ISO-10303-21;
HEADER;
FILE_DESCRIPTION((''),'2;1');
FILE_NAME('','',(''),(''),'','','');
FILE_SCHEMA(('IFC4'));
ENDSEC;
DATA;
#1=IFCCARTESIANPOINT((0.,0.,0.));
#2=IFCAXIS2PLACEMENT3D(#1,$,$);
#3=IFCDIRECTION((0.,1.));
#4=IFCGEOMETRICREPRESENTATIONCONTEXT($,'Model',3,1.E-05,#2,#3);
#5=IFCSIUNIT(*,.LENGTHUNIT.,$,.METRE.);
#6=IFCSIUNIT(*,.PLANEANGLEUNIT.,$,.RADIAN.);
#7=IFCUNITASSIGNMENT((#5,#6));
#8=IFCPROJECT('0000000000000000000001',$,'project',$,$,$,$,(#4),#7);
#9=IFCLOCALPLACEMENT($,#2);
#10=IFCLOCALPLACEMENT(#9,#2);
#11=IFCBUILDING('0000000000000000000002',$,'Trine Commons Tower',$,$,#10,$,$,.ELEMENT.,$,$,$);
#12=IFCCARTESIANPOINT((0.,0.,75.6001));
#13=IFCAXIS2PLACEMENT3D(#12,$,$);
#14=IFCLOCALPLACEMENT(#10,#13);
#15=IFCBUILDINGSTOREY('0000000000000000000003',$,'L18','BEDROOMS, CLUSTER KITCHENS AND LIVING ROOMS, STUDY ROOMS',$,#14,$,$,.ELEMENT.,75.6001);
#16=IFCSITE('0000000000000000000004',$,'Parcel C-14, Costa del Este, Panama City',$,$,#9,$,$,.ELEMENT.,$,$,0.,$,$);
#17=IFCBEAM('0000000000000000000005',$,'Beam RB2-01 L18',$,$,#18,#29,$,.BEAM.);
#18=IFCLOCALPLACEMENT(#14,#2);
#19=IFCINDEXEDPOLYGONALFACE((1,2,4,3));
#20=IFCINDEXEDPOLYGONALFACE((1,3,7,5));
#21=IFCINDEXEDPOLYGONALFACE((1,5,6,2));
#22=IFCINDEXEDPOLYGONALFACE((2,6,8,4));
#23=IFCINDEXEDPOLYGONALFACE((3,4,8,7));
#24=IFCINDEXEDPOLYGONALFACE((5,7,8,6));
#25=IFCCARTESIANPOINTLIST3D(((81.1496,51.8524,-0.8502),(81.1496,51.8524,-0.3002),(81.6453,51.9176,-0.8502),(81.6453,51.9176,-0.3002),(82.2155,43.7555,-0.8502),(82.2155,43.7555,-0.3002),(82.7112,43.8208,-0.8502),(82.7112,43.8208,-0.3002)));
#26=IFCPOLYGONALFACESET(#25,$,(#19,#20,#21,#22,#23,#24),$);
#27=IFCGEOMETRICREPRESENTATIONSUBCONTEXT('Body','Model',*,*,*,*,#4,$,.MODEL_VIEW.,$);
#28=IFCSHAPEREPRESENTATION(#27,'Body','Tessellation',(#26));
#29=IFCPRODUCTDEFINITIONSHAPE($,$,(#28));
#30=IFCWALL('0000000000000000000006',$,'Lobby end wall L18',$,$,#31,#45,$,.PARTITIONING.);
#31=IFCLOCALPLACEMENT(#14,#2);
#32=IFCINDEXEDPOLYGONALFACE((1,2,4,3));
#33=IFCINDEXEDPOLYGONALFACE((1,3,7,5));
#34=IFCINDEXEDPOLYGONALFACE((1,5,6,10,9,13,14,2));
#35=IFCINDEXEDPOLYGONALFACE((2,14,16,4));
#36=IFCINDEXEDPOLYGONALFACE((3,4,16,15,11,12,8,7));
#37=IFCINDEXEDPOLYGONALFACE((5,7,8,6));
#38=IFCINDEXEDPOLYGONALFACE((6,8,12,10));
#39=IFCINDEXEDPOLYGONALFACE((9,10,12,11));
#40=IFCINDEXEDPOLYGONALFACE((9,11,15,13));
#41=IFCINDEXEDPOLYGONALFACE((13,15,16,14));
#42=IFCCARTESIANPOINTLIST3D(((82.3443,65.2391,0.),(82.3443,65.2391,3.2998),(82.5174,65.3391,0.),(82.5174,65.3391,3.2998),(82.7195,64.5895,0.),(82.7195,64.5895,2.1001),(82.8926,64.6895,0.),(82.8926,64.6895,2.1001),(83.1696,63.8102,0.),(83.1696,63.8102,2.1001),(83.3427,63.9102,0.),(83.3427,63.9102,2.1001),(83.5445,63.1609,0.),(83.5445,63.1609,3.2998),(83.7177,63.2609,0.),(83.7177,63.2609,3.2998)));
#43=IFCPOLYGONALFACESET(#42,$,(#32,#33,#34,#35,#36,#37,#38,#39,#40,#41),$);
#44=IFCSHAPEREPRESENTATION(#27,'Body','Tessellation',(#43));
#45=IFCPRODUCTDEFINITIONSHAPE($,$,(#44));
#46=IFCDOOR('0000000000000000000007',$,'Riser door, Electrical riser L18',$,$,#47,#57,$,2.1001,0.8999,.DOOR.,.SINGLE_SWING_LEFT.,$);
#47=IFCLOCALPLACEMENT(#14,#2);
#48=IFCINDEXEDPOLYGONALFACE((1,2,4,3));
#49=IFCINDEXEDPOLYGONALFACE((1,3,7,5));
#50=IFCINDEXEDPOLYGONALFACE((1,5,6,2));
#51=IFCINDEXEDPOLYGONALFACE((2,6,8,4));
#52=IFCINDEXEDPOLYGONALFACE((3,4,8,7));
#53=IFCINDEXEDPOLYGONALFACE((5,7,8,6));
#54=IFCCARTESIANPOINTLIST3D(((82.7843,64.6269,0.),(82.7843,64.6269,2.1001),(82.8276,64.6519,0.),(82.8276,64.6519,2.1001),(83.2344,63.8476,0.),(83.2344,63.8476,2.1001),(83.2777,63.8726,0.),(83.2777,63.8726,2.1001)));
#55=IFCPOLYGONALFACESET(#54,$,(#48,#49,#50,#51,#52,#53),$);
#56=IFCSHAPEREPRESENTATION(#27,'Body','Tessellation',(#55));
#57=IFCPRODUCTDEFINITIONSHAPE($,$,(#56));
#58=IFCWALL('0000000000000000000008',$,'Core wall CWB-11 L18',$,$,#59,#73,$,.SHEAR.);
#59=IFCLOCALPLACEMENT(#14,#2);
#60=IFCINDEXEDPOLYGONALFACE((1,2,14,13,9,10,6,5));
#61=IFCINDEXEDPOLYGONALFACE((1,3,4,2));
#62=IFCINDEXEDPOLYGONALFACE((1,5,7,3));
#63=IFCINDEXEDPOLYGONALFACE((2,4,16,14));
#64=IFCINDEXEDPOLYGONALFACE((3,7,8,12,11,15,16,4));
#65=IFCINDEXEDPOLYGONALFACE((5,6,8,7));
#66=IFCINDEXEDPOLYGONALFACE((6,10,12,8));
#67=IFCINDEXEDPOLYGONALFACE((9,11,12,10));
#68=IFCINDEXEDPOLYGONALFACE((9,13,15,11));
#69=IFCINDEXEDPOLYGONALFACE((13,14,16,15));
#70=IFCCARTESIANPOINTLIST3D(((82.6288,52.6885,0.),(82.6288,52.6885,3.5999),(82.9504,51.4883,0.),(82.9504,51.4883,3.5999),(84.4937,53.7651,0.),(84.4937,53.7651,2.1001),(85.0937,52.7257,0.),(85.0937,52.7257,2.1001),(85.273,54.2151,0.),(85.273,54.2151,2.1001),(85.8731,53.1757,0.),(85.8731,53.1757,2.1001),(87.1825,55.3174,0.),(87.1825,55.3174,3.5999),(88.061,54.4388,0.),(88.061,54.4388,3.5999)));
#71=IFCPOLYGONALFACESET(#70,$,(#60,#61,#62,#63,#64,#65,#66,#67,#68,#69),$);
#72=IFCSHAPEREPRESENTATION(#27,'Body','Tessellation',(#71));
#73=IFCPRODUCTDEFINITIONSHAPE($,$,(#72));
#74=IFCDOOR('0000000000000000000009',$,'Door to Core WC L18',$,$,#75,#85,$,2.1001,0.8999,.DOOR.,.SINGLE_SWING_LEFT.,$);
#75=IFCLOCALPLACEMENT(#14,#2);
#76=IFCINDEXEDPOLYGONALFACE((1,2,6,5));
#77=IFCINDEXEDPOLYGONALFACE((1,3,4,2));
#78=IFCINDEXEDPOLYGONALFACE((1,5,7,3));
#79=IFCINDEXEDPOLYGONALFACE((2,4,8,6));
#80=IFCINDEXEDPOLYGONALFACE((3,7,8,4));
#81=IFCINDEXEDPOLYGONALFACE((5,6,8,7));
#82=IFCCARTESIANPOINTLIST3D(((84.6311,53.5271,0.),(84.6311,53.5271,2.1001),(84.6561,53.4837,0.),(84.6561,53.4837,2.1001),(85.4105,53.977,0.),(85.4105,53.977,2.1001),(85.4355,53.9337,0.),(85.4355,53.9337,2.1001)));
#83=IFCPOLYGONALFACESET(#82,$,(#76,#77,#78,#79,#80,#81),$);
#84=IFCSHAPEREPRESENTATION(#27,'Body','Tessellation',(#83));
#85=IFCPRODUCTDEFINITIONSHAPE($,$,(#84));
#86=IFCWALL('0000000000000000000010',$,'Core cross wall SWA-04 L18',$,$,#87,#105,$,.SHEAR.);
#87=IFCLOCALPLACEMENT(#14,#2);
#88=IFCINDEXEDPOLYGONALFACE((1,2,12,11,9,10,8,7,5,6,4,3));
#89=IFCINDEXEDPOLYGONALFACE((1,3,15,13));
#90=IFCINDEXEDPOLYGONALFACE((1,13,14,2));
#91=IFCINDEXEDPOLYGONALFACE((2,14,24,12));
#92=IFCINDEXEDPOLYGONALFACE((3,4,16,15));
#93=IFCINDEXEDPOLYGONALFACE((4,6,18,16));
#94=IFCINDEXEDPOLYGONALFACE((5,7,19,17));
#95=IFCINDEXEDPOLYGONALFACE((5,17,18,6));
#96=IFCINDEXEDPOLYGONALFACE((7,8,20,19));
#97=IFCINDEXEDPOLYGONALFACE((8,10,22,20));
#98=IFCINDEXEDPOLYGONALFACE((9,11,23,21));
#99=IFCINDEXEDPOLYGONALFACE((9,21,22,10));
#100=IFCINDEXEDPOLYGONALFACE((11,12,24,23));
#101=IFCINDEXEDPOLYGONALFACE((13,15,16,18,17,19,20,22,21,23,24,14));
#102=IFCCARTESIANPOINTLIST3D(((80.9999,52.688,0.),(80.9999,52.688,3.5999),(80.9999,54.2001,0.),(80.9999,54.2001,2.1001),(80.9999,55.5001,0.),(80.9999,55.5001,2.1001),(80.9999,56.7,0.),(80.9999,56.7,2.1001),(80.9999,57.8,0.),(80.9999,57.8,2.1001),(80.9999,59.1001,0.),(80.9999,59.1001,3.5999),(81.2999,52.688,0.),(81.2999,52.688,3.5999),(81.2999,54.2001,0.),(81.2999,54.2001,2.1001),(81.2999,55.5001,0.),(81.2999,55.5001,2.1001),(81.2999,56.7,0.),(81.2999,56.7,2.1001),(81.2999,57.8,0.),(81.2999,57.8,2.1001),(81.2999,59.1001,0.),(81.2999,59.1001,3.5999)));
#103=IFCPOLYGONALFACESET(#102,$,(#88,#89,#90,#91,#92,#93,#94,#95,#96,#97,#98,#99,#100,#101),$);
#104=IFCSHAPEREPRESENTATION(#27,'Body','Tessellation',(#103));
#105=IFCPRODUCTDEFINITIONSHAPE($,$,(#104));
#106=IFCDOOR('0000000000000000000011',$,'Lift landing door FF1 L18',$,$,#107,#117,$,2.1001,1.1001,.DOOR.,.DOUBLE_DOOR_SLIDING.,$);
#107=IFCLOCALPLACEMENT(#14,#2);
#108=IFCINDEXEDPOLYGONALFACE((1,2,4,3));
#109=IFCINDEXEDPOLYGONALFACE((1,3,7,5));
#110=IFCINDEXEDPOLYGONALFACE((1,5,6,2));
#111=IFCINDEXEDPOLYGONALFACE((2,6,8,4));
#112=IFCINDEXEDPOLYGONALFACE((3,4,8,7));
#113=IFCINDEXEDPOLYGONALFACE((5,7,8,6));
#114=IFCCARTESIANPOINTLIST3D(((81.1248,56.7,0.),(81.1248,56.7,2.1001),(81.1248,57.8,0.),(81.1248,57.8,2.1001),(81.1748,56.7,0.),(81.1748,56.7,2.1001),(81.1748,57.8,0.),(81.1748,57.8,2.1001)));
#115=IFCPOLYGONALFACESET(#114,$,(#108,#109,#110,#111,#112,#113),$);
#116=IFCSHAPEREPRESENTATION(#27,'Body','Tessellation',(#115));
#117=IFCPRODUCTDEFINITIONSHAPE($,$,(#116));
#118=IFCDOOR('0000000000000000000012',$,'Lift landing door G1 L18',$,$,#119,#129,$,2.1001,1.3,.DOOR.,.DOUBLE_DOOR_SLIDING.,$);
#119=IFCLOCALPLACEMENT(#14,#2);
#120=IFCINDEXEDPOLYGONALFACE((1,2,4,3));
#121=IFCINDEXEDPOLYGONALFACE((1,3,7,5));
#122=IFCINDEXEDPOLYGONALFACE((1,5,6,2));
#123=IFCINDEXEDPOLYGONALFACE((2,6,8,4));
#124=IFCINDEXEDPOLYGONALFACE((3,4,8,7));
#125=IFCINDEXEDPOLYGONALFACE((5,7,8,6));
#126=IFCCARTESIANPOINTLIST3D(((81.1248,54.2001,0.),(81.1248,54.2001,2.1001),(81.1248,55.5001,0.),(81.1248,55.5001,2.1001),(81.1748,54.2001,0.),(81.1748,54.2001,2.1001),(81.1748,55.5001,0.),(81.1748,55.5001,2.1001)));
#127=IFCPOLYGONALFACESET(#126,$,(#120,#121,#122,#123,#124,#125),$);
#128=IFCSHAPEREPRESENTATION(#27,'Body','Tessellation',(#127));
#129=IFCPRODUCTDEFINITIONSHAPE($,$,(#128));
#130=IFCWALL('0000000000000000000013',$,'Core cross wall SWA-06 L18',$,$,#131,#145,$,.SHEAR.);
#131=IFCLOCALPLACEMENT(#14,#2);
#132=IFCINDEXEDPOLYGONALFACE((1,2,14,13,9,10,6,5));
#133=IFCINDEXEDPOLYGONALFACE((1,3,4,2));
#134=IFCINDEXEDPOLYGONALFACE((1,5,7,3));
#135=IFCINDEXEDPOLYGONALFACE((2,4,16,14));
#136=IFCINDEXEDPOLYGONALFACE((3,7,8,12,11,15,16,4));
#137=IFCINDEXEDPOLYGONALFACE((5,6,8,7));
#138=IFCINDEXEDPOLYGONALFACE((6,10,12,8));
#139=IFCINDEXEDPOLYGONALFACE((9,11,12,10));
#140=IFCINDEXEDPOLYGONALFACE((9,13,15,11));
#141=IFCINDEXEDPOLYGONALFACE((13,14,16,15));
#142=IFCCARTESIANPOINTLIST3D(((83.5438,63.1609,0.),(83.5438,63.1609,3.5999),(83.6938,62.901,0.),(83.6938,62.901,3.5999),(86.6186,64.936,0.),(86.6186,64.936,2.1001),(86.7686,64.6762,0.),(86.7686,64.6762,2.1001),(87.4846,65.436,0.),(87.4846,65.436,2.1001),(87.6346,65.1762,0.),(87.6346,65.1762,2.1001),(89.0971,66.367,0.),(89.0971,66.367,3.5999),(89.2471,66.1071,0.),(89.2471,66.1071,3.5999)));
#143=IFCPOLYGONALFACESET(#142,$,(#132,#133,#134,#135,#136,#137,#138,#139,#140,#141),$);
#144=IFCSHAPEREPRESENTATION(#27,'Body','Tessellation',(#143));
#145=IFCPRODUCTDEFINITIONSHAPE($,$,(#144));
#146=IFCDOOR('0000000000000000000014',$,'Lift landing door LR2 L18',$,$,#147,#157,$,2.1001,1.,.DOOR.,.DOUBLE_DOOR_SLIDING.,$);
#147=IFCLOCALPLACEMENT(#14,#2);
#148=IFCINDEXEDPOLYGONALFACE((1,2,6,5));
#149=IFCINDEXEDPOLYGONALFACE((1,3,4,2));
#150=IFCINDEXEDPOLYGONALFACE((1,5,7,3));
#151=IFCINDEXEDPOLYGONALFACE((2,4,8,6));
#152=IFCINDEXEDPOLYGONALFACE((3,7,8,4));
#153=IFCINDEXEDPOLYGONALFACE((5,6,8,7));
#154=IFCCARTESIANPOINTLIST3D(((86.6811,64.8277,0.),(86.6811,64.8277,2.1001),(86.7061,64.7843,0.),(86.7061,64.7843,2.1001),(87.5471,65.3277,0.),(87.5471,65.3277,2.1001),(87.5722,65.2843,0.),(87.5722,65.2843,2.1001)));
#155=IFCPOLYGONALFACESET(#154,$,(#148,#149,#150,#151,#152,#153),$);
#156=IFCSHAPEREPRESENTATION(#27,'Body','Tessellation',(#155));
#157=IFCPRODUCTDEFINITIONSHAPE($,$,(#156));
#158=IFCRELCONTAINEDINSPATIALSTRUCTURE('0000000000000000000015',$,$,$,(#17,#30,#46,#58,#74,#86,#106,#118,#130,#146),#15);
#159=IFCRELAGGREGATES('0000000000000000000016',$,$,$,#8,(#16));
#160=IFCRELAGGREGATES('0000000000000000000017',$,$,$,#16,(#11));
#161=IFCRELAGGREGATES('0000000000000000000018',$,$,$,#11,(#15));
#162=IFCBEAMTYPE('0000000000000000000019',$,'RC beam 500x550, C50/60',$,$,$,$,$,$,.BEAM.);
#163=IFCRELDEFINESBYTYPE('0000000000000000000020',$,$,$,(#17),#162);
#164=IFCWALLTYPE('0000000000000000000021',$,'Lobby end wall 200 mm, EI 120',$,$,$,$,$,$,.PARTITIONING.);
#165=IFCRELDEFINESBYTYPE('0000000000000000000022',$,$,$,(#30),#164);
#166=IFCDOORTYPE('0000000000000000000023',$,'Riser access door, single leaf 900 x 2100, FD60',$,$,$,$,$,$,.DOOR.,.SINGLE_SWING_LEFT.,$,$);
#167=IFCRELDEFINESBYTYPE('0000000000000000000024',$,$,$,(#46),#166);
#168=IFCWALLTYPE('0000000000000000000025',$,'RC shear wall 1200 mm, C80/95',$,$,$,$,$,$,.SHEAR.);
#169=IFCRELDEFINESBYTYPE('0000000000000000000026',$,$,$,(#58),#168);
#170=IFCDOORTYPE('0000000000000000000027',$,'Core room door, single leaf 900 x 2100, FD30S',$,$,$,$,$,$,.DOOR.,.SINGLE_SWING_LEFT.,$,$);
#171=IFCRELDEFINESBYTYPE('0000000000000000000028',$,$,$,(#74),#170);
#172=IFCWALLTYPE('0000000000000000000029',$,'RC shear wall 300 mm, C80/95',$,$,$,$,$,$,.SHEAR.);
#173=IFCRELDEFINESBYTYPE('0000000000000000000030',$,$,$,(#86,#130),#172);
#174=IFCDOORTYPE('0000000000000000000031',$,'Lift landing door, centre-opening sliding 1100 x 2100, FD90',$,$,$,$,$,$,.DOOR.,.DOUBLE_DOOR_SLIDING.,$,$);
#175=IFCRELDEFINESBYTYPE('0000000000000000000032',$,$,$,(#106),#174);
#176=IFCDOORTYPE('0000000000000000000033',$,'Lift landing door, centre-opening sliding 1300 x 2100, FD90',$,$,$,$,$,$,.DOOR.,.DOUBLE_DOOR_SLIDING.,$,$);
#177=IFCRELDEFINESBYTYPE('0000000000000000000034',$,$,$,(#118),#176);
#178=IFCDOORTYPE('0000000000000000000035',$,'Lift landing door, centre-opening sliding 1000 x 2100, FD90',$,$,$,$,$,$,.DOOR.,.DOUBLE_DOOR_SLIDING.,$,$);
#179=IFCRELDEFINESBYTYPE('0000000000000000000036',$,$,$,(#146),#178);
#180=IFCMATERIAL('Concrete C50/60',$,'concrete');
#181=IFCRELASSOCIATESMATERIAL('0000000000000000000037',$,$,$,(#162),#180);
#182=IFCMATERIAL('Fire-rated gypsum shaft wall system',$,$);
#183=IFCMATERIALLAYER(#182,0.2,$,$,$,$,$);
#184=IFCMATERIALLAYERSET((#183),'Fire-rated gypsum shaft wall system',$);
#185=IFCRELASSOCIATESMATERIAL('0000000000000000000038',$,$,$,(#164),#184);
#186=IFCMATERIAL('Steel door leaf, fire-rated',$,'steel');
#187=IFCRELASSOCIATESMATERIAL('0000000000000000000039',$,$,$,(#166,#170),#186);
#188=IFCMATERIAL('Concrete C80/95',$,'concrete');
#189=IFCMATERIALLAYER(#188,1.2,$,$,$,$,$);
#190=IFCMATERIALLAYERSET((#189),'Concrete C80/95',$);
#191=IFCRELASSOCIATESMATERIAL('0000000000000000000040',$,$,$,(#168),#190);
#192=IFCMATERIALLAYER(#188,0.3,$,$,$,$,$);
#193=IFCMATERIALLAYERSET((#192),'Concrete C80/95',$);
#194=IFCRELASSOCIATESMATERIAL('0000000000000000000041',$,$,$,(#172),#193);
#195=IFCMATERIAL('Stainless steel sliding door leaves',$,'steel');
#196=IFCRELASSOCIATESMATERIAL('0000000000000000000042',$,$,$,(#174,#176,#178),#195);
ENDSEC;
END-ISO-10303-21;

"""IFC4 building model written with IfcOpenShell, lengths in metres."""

from ifc_helpers import new_model, si_unit, direction, frame, frame_2d, origin, origin_2d, place, context, subcontext, project, spatial, polyline, rectangle, outline, extrude, material, layer, layer_set, material_profile, profile_set, type_object, element, fill, save


model = new_model("IFC4")

# Units and contexts
model_context = context("Model", 3, precision=1e-05, world=origin(), true_north=direction((0.0, 1.0)))
body_context = subcontext(model_context, "Body", "Model", "MODEL_VIEW")
ifc_project = project(units=[si_unit("LENGTHUNIT", "METRE"), si_unit("PLANEANGLEUNIT", "RADIAN")], contexts=[model_context])

# Site, building, storey
site_placement = place(None, origin())
site = spatial("IfcSite", under=ifc_project, at=site_placement, Name="Parcel C-14, Costa del Este, Panama City", CompositionType="ELEMENT", RefElevation=0.0)
building_placement = place(site_placement, origin())
building = spatial("IfcBuilding", under=site, at=building_placement, Name="Trine Commons Tower", CompositionType="ELEMENT")
storey_placement = place(building_placement, frame((0.0, 0.0, 75.6001)))
storey = spatial("IfcBuildingStorey", under=building, at=storey_placement, Name="L18", Description="BEDROOMS, CLUSTER KITCHENS AND LIVING ROOMS, STUDY ROOMS", CompositionType="ELEMENT", Elevation=75.6001)

# Beam
ifc_material_1 = material(Name="Concrete C50/60", Category="concrete")
ifc_material_profile = material_profile(ifc_material_1, rectangle(XDim=0.5, YDim=0.55, at=origin_2d()), Name="RC 500x550")
ifc_profile_set = profile_set([ifc_material_profile], Name="Concrete C50/60")
beam_type = type_object("IfcBeamType", Name="RC beam 500x550, C50/60", PredefinedType="BEAM", material=ifc_profile_set)
beam_placement = place(storey_placement, frame((81.3975, 51.885, -0.5752), z_axis=(0.130519, -0.991446, 0.0), x_axis=(0.991446, 0.130519, 0.0)))
element("IfcBeam", 1, at=beam_placement, inside=storey, type_object=beam_type, Name="Beam RB2-01 L18", PredefinedType="BEAM", context=body_context, shape_type="SweptSolid", body=[
    extrude(rectangle(XDim=0.5, YDim=0.55, at=origin_2d()), origin(), (0.0, 0.0, 1.0), 8.1667),
])

# Walls, openings, doors
ifc_material_2 = material(Name="Fire-rated gypsum shaft wall system")
ifc_layer_1 = layer(ifc_material_2, 0.2)
ifc_layer_set_1 = layer_set([ifc_layer_1], Name="Fire-rated gypsum shaft wall system")
wall_type_1 = type_object("IfcWallType", Name="Lobby end wall 200 mm, EI 120", PredefinedType="PARTITIONING", material=ifc_layer_set_1)
wall_1_placement = place(storey_placement, frame((83.6311, 63.2109, 0.0), z_axis=(0.0, 0.0, 1.0), x_axis=(-0.500122, 0.865955, 0.0)))
wall_1 = element("IfcWall", 2, at=wall_1_placement, inside=storey, type_object=wall_type_1, Name="Lobby end wall L18", PredefinedType="PARTITIONING", context=body_context, shape_type="SweptSolid", body=[
    extrude(rectangle(XDim=2.3999, YDim=0.2, at=frame_2d((1.2, 0.0))), origin(), (0.0, 0.0, 1.0), 3.2998),
])
opening_1_placement = place(wall_1_placement, frame((0.7498, 0.0, 0.0)))
opening_1 = element("IfcOpeningElement", 3, at=opening_1_placement, cuts=wall_1, PredefinedType="OPENING", context=body_context, shape_type="SweptSolid", body=[
    extrude(rectangle(XDim=0.8999, YDim=2.1001, at=frame_2d((0.45, 1.05))), frame((0.0, 0.1099, 0.0), z_axis=(0.0, -1.0, 0.0), x_axis=(1.0, 0.0, 0.0)), (0.0, 0.0, 1.0), 0.22),
])
ifc_material_3 = material(Name="Steel door leaf, fire-rated", Category="steel")
door_type_1 = type_object("IfcDoorType", Name="Riser access door, single leaf 900 x 2100, FD60", OperationType="SINGLE_SWING_LEFT", PredefinedType="DOOR", material=ifc_material_3)
door_1_placement = place(opening_1_placement, frame((0.8999, 0.0, 0.0), z_axis=(0.0, 0.0, 1.0), x_axis=(-1.0, 0.0, 0.0)))
door_1 = element("IfcDoor", 4, at=door_1_placement, inside=storey, type_object=door_type_1, Name="Riser door, Electrical riser L18", OperationType="SINGLE_SWING_LEFT", OverallHeight=2.1001, OverallWidth=0.8999, PredefinedType="DOOR", context=body_context, shape_type="SweptSolid", body=[
    extrude(rectangle(XDim=0.8999, YDim=2.1001, at=frame_2d((0.45, 1.05))), frame((0.0, 0.0249, 0.0), z_axis=(0.0, -1.0, 0.0), x_axis=(1.0, 0.0, 0.0)), (0.0, 0.0, 1.0), 0.05),
])
fill(opening_1, door_1)
ifc_material_4 = material(Name="Concrete C80/95", Category="concrete")
ifc_layer_2 = layer(ifc_material_4, 1.2)
ifc_layer_set_2 = layer_set([ifc_layer_2], Name="Concrete C80/95")
wall_type_2 = type_object("IfcWallType", Name="RC shear wall 1200 mm, C80/95", PredefinedType="SHEAR", material=ifc_layer_set_2)
wall_2_placement = place(storey_placement, frame((82.6504, 52.0081, 0.0), z_axis=(0.0, 0.0, 1.0), x_axis=(0.866037, 0.499979, 0.0)))
wall_2 = element("IfcWall", 5, at=wall_2_placement, inside=storey, type_object=wall_type_2, Name="Core wall CWB-11 L18", PredefinedType="SHEAR", context=body_context, shape_type="SweptSolid", body=[
    extrude(outline(polyline([(0.0, -0.6001), (5.9011, -0.6001), (5.5796, 0.6001), (0.3215, 0.6001), (0.0, -0.6001)])), origin(), (0.0, 0.0, 1.0), 3.5999),
])
opening_2_placement = place(wall_2_placement, frame((2.4749, 0.0, 0.0)))
opening_2 = element("IfcOpeningElement", 6, at=opening_2_placement, cuts=wall_2, PredefinedType="OPENING", context=body_context, shape_type="SweptSolid", body=[
    extrude(rectangle(XDim=0.8999, YDim=2.1001, at=frame_2d((0.45, 1.05))), frame((0.0, 0.6099, 0.0), z_axis=(0.0, -1.0, 0.0), x_axis=(1.0, 0.0, 0.0)), (0.0, 0.0, 1.0), 1.22),
])
door_type_2 = type_object("IfcDoorType", Name="Core room door, single leaf 900 x 2100, FD30S", OperationType="SINGLE_SWING_LEFT", PredefinedType="DOOR", material=ifc_material_3)
door_2_placement = place(opening_2_placement, origin())
door_2 = element("IfcDoor", 7, at=door_2_placement, inside=storey, type_object=door_type_2, Name="Door to Core WC L18", OperationType="SINGLE_SWING_LEFT", OverallHeight=2.1001, OverallWidth=0.8999, PredefinedType="DOOR", context=body_context, shape_type="SweptSolid", body=[
    extrude(rectangle(XDim=0.8999, YDim=2.1001, at=frame_2d((0.45, 1.05))), frame((0.0, 0.3252, 0.0), z_axis=(0.0, -1.0, 0.0), x_axis=(1.0, 0.0, 0.0)), (0.0, 0.0, 1.0), 0.05),
])
fill(opening_2, door_2)

# Wall, openings, doors
ifc_layer_3 = layer(ifc_material_4, 0.3)
ifc_layer_set_3 = layer_set([ifc_layer_3], Name="Concrete C80/95")
wall_type_3 = type_object("IfcWallType", Name="RC shear wall 300 mm, C80/95", PredefinedType="SHEAR", material=ifc_layer_set_3)
wall_3_placement = place(storey_placement, frame((81.1499, 59.1001, 0.0), z_axis=(0.0, 0.0, 1.0), x_axis=(0.0, -1.0, 0.0)))
wall_3 = element("IfcWall", 8, at=wall_3_placement, inside=storey, type_object=wall_type_3, Name="Core cross wall SWA-04 L18", PredefinedType="SHEAR", context=body_context, shape_type="SweptSolid", body=[
    extrude(rectangle(XDim=6.4121, YDim=0.3, at=frame_2d((3.2061, 0.0))), origin(), (0.0, 0.0, 1.0), 3.5999),
])
opening_3_placement = place(wall_3_placement, frame((3.6001, 0.0, 0.0)))
opening_3 = element("IfcOpeningElement", 9, at=opening_3_placement, cuts=wall_3, PredefinedType="OPENING", context=body_context, shape_type="SweptSolid", body=[
    extrude(rectangle(XDim=1.3, YDim=2.1001, at=frame_2d((0.6499, 1.05))), frame((0.0, 0.1599, 0.0), z_axis=(0.0, -1.0, 0.0), x_axis=(1.0, 0.0, 0.0)), (0.0, 0.0, 1.0), 0.3201),
])
opening_4_placement = place(wall_3_placement, frame((1.3, 0.0, 0.0)))
opening_4 = element("IfcOpeningElement", 10, at=opening_4_placement, cuts=wall_3, PredefinedType="OPENING", context=body_context, shape_type="SweptSolid", body=[
    extrude(rectangle(XDim=1.1001, YDim=2.1001, at=frame_2d((0.55, 1.05))), frame((0.0, 0.1599, 0.0), z_axis=(0.0, -1.0, 0.0), x_axis=(1.0, 0.0, 0.0)), (0.0, 0.0, 1.0), 0.3201),
])
ifc_material_5 = material(Name="Stainless steel sliding door leaves", Category="steel")
door_type_3 = type_object("IfcDoorType", Name="Lift landing door, centre-opening sliding 1100 x 2100, FD90", OperationType="DOUBLE_DOOR_SLIDING", PredefinedType="DOOR", material=ifc_material_5)
door_3_placement = place(opening_4_placement, origin())
door_3 = element("IfcDoor", 11, at=door_3_placement, inside=storey, type_object=door_type_3, Name="Lift landing door FF1 L18", OperationType="DOUBLE_DOOR_SLIDING", OverallHeight=2.1001, OverallWidth=1.1001, PredefinedType="DOOR", context=body_context, shape_type="SweptSolid", body=[
    extrude(rectangle(XDim=1.1001, YDim=2.1001, at=frame_2d((0.55, 1.05))), frame((0.0, 0.0249, 0.0), z_axis=(0.0, -1.0, 0.0), x_axis=(1.0, 0.0, 0.0)), (0.0, 0.0, 1.0), 0.05),
])
fill(opening_4, door_3)
door_type_4 = type_object("IfcDoorType", Name="Lift landing door, centre-opening sliding 1300 x 2100, FD90", OperationType="DOUBLE_DOOR_SLIDING", PredefinedType="DOOR", material=ifc_material_5)
door_4_placement = place(opening_3_placement, origin())
door_4 = element("IfcDoor", 12, at=door_4_placement, inside=storey, type_object=door_type_4, Name="Lift landing door G1 L18", OperationType="DOUBLE_DOOR_SLIDING", OverallHeight=2.1001, OverallWidth=1.3, PredefinedType="DOOR", context=body_context, shape_type="SweptSolid", body=[
    extrude(rectangle(XDim=1.3, YDim=2.1001, at=frame_2d((0.6499, 1.05))), frame((0.0, 0.0249, 0.0), z_axis=(0.0, -1.0, 0.0), x_axis=(1.0, 0.0, 0.0)), (0.0, 0.0, 1.0), 0.05),
])
fill(opening_3, door_4)

# Wall, opening, door
wall_4_placement = place(storey_placement, frame((83.6189, 63.031, 0.0), z_axis=(0.0, 0.0, 1.0), x_axis=(0.866032, 0.499988, 0.0)))
wall_4 = element("IfcWall", 13, at=wall_4_placement, inside=storey, type_object=wall_type_3, Name="Core cross wall SWA-06 L18", PredefinedType="SHEAR", context=body_context, shape_type="SweptSolid", body=[
    extrude(rectangle(XDim=6.4124, YDim=0.3, at=frame_2d((3.2061, 0.0))), origin(), (0.0, 0.0, 1.0), 3.5999),
])
opening_5_placement = place(wall_4_placement, frame((3.5503, 0.0, 0.0)))
opening_5 = element("IfcOpeningElement", 14, at=opening_5_placement, cuts=wall_4, PredefinedType="OPENING", context=body_context, shape_type="SweptSolid", body=[
    extrude(rectangle(XDim=1.0, YDim=2.1001, at=frame_2d((0.5, 1.05))), frame((0.0, 0.1599, 0.0), z_axis=(0.0, -1.0, 0.0), x_axis=(1.0, 0.0, 0.0)), (0.0, 0.0, 1.0), 0.3201),
])
door_type_5 = type_object("IfcDoorType", Name="Lift landing door, centre-opening sliding 1000 x 2100, FD90", OperationType="DOUBLE_DOOR_SLIDING", PredefinedType="DOOR", material=ifc_material_5)
door_5_placement = place(opening_5_placement, origin())
door_5 = element("IfcDoor", 15, at=door_5_placement, inside=storey, type_object=door_type_5, Name="Lift landing door LR2 L18", OperationType="DOUBLE_DOOR_SLIDING", OverallHeight=2.1001, OverallWidth=1.0, PredefinedType="DOOR", context=body_context, shape_type="SweptSolid", body=[
    extrude(rectangle(XDim=1.0, YDim=2.1001, at=frame_2d((0.5, 1.05))), frame((0.0, 0.0249, 0.0), z_axis=(0.0, -1.0, 0.0), x_axis=(1.0, 0.0, 0.0)), (0.0, 0.0, 1.0), 0.05),
])
fill(opening_5, door_5)

save(model, "model.ifc")
